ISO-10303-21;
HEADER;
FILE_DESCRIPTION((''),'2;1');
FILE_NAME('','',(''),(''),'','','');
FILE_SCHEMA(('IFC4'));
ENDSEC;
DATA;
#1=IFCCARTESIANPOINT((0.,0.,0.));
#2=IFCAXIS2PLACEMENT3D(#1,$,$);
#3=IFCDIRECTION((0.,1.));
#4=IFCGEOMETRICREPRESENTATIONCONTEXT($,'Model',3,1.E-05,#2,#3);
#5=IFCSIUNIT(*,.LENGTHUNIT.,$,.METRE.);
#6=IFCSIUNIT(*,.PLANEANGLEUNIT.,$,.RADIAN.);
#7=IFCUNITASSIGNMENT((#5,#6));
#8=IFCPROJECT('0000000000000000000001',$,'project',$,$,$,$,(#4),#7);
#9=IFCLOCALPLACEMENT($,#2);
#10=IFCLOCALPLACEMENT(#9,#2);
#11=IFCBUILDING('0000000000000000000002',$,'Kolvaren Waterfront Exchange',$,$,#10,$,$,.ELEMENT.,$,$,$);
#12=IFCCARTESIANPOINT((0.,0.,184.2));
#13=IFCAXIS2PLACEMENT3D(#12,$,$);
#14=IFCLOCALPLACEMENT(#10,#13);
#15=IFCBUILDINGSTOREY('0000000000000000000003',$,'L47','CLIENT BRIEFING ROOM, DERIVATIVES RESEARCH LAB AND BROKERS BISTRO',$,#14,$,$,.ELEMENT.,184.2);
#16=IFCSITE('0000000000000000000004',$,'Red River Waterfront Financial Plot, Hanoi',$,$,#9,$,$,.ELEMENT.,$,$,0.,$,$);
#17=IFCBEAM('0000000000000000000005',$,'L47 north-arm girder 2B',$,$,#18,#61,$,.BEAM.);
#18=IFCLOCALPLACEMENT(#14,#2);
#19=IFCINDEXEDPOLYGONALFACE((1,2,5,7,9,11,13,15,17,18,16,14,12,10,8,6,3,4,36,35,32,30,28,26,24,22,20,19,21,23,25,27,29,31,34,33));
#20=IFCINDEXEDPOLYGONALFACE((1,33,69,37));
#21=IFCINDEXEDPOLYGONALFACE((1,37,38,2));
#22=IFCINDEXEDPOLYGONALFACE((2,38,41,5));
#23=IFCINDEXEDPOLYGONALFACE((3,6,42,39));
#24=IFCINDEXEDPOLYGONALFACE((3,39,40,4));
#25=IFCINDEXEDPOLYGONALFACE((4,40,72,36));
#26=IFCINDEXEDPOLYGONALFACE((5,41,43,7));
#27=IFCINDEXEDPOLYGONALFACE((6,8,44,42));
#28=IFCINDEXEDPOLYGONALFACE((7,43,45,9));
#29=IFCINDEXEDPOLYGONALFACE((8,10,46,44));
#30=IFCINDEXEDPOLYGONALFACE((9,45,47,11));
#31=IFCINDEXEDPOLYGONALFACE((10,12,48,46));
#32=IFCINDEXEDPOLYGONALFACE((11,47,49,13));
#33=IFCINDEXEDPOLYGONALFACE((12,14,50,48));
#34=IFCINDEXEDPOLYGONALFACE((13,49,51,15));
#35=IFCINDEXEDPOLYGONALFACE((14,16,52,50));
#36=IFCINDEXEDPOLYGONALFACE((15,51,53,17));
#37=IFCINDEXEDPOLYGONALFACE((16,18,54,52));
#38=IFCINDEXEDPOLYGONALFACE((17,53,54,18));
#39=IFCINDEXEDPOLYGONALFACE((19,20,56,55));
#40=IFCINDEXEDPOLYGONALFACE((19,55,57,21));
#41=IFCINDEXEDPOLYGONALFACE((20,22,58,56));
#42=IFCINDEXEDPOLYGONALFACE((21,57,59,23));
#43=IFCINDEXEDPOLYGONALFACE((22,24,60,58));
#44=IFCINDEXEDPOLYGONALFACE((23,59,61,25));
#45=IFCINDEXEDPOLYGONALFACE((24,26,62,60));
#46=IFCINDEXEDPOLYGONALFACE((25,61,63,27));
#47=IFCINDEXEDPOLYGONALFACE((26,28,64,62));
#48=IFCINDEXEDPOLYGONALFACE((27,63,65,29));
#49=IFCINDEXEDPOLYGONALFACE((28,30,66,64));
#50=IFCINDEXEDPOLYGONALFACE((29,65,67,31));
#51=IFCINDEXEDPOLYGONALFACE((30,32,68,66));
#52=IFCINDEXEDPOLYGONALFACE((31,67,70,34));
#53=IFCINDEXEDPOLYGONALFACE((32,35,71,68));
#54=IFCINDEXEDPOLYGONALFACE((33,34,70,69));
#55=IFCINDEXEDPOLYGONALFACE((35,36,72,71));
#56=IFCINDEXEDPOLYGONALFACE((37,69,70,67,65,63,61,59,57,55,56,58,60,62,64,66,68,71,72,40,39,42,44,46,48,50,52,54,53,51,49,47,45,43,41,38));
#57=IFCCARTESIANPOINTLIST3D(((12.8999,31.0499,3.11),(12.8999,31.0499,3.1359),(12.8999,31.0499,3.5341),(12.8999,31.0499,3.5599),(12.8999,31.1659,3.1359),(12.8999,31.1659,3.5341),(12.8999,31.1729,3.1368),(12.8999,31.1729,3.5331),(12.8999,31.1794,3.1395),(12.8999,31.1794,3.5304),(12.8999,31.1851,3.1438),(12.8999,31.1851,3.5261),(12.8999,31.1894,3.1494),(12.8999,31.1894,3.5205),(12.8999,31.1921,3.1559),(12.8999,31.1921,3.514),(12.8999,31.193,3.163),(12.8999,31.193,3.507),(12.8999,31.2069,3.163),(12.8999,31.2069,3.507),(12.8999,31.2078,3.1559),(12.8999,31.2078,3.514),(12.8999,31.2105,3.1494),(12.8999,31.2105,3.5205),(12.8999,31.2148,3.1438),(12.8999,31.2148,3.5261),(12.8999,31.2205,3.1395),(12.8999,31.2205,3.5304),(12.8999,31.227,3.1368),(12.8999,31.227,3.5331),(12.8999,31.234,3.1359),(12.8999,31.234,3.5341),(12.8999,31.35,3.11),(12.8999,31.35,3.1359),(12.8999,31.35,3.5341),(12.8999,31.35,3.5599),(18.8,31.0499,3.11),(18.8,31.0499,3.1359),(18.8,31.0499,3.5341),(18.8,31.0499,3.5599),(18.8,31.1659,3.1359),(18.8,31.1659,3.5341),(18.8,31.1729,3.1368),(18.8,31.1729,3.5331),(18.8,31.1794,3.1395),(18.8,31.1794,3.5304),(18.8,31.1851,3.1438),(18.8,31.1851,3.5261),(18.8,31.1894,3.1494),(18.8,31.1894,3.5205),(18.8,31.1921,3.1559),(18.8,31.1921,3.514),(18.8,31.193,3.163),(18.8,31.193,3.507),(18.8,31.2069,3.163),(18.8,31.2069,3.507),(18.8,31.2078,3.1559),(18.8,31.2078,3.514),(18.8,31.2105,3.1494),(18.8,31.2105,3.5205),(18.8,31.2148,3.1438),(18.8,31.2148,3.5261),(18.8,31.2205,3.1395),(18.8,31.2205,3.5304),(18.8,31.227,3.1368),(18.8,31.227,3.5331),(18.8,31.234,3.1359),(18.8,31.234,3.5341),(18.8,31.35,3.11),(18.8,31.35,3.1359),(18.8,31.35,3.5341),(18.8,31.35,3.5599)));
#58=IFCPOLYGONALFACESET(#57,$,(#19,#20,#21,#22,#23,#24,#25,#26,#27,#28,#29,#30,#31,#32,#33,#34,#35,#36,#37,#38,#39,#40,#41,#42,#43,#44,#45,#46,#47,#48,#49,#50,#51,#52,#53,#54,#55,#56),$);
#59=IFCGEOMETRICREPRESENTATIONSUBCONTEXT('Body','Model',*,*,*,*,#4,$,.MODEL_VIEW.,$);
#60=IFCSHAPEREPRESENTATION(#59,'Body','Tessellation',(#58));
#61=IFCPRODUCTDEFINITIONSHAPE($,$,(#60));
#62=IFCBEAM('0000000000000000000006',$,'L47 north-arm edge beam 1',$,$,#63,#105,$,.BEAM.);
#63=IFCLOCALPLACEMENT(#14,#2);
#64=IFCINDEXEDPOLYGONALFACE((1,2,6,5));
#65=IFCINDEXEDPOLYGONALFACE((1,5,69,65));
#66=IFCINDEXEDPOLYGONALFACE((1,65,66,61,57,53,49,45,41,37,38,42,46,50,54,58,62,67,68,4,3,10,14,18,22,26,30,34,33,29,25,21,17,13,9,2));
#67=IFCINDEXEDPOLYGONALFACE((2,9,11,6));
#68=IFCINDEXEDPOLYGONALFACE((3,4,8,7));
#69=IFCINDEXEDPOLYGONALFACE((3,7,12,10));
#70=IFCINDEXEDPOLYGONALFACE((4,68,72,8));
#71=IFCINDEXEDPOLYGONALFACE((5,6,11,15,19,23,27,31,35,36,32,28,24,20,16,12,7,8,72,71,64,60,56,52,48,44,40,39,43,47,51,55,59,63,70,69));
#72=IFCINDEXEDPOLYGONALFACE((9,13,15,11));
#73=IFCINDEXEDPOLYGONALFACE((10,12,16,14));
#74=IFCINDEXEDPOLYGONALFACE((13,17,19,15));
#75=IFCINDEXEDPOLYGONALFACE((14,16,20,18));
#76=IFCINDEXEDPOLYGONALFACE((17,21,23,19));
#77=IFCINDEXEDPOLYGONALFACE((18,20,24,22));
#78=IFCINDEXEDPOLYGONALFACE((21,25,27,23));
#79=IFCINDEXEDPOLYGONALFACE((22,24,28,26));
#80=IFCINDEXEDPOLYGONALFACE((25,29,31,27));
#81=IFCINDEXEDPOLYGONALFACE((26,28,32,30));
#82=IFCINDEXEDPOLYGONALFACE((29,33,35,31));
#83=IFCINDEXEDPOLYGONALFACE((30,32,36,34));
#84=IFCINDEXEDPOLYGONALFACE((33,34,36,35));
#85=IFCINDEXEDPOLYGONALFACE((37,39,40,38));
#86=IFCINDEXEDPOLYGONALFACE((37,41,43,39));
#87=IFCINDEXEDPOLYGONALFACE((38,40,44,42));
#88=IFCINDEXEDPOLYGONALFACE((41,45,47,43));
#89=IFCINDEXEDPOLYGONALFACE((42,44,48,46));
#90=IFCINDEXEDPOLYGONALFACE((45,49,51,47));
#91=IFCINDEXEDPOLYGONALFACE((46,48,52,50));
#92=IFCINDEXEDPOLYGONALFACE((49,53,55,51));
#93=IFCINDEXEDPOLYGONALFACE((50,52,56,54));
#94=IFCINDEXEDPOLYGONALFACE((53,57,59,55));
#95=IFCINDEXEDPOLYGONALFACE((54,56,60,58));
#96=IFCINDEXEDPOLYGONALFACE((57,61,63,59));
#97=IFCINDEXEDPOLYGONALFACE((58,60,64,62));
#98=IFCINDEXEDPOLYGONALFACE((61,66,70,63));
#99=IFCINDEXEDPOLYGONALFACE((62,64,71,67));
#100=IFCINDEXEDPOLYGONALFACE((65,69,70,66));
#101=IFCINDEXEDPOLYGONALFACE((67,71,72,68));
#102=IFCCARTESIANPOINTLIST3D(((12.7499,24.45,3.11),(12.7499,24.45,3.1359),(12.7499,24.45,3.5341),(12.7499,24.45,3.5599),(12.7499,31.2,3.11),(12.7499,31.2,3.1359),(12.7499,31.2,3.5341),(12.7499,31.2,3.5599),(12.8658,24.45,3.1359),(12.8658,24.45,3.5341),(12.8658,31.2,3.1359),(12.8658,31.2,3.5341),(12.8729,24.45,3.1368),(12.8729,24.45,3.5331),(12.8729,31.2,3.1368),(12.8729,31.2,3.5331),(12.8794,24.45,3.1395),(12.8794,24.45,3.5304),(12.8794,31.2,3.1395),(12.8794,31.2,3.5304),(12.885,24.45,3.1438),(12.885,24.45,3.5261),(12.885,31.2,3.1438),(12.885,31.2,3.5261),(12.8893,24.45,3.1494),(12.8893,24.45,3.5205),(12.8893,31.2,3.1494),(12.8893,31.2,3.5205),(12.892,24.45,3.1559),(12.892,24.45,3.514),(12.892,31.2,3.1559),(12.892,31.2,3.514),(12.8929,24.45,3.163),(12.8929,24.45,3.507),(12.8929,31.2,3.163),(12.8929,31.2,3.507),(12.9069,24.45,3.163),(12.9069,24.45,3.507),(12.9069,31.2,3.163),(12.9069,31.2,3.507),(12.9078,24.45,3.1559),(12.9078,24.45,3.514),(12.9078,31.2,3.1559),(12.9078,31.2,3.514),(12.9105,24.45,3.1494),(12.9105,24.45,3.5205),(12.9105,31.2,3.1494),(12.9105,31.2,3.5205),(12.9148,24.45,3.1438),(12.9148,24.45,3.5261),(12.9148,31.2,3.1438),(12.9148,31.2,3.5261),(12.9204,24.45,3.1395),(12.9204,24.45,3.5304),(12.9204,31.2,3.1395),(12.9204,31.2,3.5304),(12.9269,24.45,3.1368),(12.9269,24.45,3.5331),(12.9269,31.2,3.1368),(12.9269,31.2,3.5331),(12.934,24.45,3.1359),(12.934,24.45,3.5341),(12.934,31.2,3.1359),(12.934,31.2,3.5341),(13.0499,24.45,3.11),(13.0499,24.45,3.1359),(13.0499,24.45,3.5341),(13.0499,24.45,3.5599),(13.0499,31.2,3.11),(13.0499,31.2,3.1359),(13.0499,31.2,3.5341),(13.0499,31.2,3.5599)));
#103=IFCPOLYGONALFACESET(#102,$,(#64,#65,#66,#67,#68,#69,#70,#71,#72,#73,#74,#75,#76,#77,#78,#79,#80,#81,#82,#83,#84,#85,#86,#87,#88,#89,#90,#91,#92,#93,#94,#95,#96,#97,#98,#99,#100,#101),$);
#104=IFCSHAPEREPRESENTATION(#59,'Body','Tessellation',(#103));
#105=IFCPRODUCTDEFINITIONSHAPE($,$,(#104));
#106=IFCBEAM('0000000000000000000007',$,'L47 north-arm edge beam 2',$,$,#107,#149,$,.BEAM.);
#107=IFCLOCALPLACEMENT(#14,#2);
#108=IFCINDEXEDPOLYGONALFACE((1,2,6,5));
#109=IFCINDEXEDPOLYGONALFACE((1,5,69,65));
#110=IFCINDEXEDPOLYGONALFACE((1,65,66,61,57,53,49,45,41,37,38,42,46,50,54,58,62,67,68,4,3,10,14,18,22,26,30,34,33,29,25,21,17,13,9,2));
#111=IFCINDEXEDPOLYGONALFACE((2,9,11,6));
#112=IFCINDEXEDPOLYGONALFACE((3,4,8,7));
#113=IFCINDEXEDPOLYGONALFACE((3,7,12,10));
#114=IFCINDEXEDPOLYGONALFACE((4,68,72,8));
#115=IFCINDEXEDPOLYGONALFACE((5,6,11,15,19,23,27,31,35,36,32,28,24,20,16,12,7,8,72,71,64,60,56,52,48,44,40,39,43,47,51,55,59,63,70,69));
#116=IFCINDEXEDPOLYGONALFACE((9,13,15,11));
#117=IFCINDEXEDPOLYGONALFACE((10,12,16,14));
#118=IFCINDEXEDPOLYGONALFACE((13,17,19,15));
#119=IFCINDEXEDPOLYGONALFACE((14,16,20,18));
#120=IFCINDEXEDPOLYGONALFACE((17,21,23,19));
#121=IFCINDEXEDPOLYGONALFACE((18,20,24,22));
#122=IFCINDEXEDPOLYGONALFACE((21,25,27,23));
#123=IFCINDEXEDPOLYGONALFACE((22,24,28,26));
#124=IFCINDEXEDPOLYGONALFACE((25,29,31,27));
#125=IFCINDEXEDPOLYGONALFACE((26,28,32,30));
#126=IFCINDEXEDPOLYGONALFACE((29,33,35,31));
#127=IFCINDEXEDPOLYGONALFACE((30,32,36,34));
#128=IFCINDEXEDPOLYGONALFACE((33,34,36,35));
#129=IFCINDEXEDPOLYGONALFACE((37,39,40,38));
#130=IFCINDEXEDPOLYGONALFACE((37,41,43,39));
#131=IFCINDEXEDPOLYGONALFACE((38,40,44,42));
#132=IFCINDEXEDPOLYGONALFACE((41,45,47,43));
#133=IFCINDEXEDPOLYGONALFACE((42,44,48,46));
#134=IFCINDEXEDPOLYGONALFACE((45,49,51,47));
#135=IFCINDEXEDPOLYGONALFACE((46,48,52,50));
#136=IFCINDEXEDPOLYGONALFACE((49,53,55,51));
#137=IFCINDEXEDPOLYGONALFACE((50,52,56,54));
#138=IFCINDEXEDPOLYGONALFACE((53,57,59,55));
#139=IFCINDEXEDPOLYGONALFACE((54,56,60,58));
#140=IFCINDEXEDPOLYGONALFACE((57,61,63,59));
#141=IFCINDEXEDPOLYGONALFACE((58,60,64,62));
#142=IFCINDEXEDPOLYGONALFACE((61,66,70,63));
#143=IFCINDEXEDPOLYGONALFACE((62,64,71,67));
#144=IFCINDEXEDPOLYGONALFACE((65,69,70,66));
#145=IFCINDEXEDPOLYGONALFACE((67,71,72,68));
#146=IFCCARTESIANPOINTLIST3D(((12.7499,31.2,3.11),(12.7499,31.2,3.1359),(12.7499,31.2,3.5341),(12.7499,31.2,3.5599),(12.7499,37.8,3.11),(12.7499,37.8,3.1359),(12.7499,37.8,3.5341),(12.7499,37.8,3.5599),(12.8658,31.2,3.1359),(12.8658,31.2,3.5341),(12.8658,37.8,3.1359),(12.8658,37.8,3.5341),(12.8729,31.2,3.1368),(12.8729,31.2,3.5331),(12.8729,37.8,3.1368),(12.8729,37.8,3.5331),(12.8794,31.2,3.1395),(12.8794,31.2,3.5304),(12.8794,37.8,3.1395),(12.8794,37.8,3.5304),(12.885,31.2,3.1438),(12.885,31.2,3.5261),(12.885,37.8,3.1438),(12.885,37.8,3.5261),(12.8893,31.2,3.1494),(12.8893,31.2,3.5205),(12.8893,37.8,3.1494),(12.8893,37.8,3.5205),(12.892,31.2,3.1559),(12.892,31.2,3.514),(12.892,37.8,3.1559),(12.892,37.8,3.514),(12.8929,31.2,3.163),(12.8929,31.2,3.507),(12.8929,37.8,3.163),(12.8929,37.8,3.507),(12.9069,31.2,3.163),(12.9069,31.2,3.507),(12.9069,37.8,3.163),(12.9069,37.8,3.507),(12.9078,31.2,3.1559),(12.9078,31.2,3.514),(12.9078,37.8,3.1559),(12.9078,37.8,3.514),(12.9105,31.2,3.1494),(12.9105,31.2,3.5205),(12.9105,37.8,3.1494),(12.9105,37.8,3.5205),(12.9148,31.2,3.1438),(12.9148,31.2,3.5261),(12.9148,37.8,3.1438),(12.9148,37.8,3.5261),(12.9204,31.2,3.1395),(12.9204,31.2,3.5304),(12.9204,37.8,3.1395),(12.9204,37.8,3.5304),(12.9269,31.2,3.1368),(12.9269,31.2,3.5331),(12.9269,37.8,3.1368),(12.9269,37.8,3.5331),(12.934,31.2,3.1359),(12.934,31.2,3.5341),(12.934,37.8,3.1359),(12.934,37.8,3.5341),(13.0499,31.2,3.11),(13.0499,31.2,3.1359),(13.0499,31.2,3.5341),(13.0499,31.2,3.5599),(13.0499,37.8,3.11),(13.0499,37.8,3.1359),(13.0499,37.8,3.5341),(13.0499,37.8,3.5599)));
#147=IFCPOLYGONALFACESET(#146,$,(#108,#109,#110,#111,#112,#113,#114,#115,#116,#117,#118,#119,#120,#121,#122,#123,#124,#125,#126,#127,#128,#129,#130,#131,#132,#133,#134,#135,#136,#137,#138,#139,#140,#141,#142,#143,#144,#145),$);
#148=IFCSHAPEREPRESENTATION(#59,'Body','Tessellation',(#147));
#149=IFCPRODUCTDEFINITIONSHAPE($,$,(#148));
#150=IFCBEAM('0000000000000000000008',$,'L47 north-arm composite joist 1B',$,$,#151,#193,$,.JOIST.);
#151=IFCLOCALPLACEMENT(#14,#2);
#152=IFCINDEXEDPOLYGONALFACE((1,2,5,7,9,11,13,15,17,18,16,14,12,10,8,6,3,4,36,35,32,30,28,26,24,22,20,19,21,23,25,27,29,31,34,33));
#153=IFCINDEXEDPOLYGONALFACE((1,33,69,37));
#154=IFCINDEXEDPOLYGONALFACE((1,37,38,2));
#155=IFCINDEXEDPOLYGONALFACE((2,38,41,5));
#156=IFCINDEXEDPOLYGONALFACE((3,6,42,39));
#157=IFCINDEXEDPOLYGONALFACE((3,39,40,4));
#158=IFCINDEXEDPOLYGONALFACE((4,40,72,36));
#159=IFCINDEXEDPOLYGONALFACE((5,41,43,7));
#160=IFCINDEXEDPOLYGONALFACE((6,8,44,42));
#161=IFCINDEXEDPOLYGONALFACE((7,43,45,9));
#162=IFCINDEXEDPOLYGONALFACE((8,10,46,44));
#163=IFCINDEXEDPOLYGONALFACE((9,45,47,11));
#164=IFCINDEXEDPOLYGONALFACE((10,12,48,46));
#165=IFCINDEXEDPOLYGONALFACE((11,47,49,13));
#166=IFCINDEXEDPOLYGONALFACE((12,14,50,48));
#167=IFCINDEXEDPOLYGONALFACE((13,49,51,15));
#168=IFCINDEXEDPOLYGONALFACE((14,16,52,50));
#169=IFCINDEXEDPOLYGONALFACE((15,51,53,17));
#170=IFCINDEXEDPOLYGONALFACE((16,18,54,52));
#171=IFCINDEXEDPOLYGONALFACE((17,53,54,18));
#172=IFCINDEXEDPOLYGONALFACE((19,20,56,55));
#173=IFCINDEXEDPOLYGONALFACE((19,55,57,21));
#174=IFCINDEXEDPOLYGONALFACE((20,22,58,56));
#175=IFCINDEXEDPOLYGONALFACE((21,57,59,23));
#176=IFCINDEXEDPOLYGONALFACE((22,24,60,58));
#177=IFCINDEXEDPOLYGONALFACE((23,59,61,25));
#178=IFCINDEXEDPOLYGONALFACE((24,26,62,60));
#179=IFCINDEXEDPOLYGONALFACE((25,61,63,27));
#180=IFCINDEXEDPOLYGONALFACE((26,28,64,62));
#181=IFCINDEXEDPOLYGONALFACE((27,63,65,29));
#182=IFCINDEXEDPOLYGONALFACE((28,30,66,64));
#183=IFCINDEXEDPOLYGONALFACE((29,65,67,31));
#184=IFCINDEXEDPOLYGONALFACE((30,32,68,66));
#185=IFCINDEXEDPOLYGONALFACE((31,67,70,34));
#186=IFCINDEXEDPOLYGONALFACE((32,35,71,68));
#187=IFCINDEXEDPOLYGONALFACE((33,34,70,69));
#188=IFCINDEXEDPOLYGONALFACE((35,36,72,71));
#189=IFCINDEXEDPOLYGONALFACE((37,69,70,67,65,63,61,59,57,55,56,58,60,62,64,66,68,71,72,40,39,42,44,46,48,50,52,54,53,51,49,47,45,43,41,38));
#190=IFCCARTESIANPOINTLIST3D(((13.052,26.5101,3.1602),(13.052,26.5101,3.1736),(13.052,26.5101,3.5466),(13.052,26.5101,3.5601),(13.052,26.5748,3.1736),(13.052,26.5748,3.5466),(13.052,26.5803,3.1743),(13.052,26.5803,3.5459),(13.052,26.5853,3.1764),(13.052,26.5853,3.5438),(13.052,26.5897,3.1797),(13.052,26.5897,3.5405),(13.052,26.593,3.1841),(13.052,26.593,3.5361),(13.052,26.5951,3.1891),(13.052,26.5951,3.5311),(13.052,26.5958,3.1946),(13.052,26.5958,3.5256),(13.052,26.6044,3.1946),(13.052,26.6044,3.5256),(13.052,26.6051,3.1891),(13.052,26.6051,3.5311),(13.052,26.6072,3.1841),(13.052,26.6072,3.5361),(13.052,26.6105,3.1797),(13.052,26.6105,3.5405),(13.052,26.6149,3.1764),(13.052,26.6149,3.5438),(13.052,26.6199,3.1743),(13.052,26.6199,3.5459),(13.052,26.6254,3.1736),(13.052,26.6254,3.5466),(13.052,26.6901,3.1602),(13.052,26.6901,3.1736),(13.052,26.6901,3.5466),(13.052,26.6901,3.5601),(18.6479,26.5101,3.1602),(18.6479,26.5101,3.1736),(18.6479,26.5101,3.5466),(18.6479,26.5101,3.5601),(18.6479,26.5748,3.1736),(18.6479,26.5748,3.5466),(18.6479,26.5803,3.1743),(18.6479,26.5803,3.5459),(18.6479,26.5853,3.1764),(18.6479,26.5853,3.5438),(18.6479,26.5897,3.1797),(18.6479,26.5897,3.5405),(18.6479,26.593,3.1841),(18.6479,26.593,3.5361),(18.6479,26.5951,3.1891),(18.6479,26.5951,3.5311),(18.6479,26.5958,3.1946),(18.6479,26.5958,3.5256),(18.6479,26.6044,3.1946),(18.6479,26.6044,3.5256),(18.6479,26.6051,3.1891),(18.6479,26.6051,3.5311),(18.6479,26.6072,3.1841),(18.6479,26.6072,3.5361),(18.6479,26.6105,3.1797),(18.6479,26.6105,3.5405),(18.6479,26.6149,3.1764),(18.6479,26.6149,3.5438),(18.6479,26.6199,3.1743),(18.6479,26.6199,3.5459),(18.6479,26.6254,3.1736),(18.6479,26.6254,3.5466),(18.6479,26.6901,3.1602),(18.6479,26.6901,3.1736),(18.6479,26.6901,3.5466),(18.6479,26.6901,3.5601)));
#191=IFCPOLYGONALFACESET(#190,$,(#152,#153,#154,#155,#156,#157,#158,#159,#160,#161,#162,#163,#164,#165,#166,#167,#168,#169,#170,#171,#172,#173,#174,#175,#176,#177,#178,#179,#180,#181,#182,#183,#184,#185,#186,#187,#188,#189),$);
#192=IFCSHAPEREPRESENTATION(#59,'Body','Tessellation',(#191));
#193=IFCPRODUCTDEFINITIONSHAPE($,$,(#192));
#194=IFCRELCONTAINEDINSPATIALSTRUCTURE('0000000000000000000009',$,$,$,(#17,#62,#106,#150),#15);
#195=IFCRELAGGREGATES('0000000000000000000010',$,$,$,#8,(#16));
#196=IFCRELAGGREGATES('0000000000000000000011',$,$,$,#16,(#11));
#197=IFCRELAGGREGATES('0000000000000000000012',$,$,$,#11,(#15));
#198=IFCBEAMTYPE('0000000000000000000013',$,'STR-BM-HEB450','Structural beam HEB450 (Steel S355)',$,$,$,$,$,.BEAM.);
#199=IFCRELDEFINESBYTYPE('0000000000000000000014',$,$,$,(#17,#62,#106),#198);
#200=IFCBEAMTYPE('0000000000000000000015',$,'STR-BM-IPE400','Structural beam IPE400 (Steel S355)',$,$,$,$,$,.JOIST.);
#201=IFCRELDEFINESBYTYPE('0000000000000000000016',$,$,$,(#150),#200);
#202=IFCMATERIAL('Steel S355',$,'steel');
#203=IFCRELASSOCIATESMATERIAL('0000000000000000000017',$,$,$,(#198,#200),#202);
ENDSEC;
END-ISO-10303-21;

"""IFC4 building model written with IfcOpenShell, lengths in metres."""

from ifc_helpers import new_model, si_unit, direction, frame, origin, origin_2d, place, context, subcontext, project, spatial, i_section, extrude, material, material_profile, profile_set, type_object, element, save


model = new_model("IFC4")

# Units and contexts
model_context = context("Model", 3, precision=1e-05, world=origin(), true_north=direction((0.0, 1.0)))
body_context = subcontext(model_context, "Body", "Model", "MODEL_VIEW")
ifc_project = project(units=[si_unit("LENGTHUNIT", "METRE"), si_unit("PLANEANGLEUNIT", "RADIAN")], contexts=[model_context])

# Site, building, storey
site_placement = place(None, origin())
site = spatial("IfcSite", under=ifc_project, at=site_placement, Name="Red River Waterfront Financial Plot, Hanoi", CompositionType="ELEMENT", RefElevation=0.0)
building_placement = place(site_placement, origin())
building = spatial("IfcBuilding", under=site, at=building_placement, Name="Kolvaren Waterfront Exchange", CompositionType="ELEMENT")
storey_placement = place(building_placement, frame((0.0, 0.0, 184.2)))
storey = spatial("IfcBuildingStorey", under=building, at=storey_placement, Name="L47", Description="CLIENT BRIEFING ROOM, DERIVATIVES RESEARCH LAB AND BROKERS BISTRO", CompositionType="ELEMENT", Elevation=184.2)

# Beams
ifc_material_1 = material(Name="Steel S355", Category="steel")
ifc_material_profile_1 = material_profile(ifc_material_1, i_section(OverallWidth=0.3, OverallDepth=0.45, WebThickness=0.0139, FlangeThickness=0.0259, FilletRadius=0.0271, at=origin_2d()), Name="HEB450")
ifc_profile_set_1 = profile_set([ifc_material_profile_1], Name="Steel S355")
beam_type_1 = type_object("IfcBeamType", Name="STR-BM-HEB450", Description="Structural beam HEB450 (Steel S355)", PredefinedType="BEAM", material=ifc_profile_set_1)
beam_1_placement = place(storey_placement, frame((12.8999, 31.2, 3.335), z_axis=(1.0, 0.0, 0.0), x_axis=(0.0, 1.0, 0.0)))
element("IfcBeam", 1, at=beam_1_placement, inside=storey, type_object=beam_type_1, Name="L47 north-arm girder 2B", PredefinedType="BEAM", context=body_context, shape_type="SweptSolid", body=[
    extrude(i_section(OverallWidth=0.3, OverallDepth=0.45, WebThickness=0.0139, FlangeThickness=0.0259, FilletRadius=0.0271, at=origin_2d()), origin(), (0.0, 0.0, 1.0), 5.9001),
])
beam_2_placement = place(storey_placement, frame((12.8999, 24.45, 3.335), z_axis=(0.0, 1.0, 0.0), x_axis=(-1.0, 0.0, 0.0)))
element("IfcBeam", 2, at=beam_2_placement, inside=storey, type_object=beam_type_1, Name="L47 north-arm edge beam 1", PredefinedType="BEAM", context=body_context, shape_type="SweptSolid", body=[
    extrude(i_section(OverallWidth=0.3, OverallDepth=0.45, WebThickness=0.0139, FlangeThickness=0.0259, FilletRadius=0.0271, at=origin_2d()), origin(), (0.0, 0.0, 1.0), 6.75),
])
beam_3_placement = place(storey_placement, frame((12.8999, 31.2, 3.335), z_axis=(0.0, 1.0, 0.0), x_axis=(-1.0, 0.0, 0.0)))
element("IfcBeam", 3, at=beam_3_placement, inside=storey, type_object=beam_type_1, Name="L47 north-arm edge beam 2", PredefinedType="BEAM", context=body_context, shape_type="SweptSolid", body=[
    extrude(i_section(OverallWidth=0.3, OverallDepth=0.45, WebThickness=0.0139, FlangeThickness=0.0259, FilletRadius=0.0271, at=origin_2d()), origin(), (0.0, 0.0, 1.0), 6.6001),
])
ifc_material_profile_2 = material_profile(ifc_material_1, i_section(OverallWidth=0.1799, OverallDepth=0.3999, WebThickness=0.0085, FlangeThickness=0.0134, FilletRadius=0.021, at=origin_2d()), Name="IPE400")
ifc_profile_set_2 = profile_set([ifc_material_profile_2], Name="Steel S355")
beam_type_2 = type_object("IfcBeamType", Name="STR-BM-IPE400", Description="Structural beam IPE400 (Steel S355)", PredefinedType="JOIST", material=ifc_profile_set_2)
for number, where, z_axis, x_axis, name in (
    (4, (13.052, 26.6001, 3.3601), (1.0, 0.0, 0.0), (0.0, 1.0, 0.0), "L47 north-arm composite joist 1B"),
):
    element("IfcBeam", number, at=place(storey_placement, frame(where, z_axis=z_axis, x_axis=x_axis)), inside=storey, type_object=beam_type_2, Name=name, PredefinedType="JOIST", context=body_context, shape_type="SweptSolid", body=[
        extrude(i_section(OverallWidth=0.1799, OverallDepth=0.3999, WebThickness=0.0085, FlangeThickness=0.0134, FilletRadius=0.021, at=origin_2d()), origin(), (0.0, 0.0, 1.0), 5.5959),
    ])

save(model, "model.ifc")
